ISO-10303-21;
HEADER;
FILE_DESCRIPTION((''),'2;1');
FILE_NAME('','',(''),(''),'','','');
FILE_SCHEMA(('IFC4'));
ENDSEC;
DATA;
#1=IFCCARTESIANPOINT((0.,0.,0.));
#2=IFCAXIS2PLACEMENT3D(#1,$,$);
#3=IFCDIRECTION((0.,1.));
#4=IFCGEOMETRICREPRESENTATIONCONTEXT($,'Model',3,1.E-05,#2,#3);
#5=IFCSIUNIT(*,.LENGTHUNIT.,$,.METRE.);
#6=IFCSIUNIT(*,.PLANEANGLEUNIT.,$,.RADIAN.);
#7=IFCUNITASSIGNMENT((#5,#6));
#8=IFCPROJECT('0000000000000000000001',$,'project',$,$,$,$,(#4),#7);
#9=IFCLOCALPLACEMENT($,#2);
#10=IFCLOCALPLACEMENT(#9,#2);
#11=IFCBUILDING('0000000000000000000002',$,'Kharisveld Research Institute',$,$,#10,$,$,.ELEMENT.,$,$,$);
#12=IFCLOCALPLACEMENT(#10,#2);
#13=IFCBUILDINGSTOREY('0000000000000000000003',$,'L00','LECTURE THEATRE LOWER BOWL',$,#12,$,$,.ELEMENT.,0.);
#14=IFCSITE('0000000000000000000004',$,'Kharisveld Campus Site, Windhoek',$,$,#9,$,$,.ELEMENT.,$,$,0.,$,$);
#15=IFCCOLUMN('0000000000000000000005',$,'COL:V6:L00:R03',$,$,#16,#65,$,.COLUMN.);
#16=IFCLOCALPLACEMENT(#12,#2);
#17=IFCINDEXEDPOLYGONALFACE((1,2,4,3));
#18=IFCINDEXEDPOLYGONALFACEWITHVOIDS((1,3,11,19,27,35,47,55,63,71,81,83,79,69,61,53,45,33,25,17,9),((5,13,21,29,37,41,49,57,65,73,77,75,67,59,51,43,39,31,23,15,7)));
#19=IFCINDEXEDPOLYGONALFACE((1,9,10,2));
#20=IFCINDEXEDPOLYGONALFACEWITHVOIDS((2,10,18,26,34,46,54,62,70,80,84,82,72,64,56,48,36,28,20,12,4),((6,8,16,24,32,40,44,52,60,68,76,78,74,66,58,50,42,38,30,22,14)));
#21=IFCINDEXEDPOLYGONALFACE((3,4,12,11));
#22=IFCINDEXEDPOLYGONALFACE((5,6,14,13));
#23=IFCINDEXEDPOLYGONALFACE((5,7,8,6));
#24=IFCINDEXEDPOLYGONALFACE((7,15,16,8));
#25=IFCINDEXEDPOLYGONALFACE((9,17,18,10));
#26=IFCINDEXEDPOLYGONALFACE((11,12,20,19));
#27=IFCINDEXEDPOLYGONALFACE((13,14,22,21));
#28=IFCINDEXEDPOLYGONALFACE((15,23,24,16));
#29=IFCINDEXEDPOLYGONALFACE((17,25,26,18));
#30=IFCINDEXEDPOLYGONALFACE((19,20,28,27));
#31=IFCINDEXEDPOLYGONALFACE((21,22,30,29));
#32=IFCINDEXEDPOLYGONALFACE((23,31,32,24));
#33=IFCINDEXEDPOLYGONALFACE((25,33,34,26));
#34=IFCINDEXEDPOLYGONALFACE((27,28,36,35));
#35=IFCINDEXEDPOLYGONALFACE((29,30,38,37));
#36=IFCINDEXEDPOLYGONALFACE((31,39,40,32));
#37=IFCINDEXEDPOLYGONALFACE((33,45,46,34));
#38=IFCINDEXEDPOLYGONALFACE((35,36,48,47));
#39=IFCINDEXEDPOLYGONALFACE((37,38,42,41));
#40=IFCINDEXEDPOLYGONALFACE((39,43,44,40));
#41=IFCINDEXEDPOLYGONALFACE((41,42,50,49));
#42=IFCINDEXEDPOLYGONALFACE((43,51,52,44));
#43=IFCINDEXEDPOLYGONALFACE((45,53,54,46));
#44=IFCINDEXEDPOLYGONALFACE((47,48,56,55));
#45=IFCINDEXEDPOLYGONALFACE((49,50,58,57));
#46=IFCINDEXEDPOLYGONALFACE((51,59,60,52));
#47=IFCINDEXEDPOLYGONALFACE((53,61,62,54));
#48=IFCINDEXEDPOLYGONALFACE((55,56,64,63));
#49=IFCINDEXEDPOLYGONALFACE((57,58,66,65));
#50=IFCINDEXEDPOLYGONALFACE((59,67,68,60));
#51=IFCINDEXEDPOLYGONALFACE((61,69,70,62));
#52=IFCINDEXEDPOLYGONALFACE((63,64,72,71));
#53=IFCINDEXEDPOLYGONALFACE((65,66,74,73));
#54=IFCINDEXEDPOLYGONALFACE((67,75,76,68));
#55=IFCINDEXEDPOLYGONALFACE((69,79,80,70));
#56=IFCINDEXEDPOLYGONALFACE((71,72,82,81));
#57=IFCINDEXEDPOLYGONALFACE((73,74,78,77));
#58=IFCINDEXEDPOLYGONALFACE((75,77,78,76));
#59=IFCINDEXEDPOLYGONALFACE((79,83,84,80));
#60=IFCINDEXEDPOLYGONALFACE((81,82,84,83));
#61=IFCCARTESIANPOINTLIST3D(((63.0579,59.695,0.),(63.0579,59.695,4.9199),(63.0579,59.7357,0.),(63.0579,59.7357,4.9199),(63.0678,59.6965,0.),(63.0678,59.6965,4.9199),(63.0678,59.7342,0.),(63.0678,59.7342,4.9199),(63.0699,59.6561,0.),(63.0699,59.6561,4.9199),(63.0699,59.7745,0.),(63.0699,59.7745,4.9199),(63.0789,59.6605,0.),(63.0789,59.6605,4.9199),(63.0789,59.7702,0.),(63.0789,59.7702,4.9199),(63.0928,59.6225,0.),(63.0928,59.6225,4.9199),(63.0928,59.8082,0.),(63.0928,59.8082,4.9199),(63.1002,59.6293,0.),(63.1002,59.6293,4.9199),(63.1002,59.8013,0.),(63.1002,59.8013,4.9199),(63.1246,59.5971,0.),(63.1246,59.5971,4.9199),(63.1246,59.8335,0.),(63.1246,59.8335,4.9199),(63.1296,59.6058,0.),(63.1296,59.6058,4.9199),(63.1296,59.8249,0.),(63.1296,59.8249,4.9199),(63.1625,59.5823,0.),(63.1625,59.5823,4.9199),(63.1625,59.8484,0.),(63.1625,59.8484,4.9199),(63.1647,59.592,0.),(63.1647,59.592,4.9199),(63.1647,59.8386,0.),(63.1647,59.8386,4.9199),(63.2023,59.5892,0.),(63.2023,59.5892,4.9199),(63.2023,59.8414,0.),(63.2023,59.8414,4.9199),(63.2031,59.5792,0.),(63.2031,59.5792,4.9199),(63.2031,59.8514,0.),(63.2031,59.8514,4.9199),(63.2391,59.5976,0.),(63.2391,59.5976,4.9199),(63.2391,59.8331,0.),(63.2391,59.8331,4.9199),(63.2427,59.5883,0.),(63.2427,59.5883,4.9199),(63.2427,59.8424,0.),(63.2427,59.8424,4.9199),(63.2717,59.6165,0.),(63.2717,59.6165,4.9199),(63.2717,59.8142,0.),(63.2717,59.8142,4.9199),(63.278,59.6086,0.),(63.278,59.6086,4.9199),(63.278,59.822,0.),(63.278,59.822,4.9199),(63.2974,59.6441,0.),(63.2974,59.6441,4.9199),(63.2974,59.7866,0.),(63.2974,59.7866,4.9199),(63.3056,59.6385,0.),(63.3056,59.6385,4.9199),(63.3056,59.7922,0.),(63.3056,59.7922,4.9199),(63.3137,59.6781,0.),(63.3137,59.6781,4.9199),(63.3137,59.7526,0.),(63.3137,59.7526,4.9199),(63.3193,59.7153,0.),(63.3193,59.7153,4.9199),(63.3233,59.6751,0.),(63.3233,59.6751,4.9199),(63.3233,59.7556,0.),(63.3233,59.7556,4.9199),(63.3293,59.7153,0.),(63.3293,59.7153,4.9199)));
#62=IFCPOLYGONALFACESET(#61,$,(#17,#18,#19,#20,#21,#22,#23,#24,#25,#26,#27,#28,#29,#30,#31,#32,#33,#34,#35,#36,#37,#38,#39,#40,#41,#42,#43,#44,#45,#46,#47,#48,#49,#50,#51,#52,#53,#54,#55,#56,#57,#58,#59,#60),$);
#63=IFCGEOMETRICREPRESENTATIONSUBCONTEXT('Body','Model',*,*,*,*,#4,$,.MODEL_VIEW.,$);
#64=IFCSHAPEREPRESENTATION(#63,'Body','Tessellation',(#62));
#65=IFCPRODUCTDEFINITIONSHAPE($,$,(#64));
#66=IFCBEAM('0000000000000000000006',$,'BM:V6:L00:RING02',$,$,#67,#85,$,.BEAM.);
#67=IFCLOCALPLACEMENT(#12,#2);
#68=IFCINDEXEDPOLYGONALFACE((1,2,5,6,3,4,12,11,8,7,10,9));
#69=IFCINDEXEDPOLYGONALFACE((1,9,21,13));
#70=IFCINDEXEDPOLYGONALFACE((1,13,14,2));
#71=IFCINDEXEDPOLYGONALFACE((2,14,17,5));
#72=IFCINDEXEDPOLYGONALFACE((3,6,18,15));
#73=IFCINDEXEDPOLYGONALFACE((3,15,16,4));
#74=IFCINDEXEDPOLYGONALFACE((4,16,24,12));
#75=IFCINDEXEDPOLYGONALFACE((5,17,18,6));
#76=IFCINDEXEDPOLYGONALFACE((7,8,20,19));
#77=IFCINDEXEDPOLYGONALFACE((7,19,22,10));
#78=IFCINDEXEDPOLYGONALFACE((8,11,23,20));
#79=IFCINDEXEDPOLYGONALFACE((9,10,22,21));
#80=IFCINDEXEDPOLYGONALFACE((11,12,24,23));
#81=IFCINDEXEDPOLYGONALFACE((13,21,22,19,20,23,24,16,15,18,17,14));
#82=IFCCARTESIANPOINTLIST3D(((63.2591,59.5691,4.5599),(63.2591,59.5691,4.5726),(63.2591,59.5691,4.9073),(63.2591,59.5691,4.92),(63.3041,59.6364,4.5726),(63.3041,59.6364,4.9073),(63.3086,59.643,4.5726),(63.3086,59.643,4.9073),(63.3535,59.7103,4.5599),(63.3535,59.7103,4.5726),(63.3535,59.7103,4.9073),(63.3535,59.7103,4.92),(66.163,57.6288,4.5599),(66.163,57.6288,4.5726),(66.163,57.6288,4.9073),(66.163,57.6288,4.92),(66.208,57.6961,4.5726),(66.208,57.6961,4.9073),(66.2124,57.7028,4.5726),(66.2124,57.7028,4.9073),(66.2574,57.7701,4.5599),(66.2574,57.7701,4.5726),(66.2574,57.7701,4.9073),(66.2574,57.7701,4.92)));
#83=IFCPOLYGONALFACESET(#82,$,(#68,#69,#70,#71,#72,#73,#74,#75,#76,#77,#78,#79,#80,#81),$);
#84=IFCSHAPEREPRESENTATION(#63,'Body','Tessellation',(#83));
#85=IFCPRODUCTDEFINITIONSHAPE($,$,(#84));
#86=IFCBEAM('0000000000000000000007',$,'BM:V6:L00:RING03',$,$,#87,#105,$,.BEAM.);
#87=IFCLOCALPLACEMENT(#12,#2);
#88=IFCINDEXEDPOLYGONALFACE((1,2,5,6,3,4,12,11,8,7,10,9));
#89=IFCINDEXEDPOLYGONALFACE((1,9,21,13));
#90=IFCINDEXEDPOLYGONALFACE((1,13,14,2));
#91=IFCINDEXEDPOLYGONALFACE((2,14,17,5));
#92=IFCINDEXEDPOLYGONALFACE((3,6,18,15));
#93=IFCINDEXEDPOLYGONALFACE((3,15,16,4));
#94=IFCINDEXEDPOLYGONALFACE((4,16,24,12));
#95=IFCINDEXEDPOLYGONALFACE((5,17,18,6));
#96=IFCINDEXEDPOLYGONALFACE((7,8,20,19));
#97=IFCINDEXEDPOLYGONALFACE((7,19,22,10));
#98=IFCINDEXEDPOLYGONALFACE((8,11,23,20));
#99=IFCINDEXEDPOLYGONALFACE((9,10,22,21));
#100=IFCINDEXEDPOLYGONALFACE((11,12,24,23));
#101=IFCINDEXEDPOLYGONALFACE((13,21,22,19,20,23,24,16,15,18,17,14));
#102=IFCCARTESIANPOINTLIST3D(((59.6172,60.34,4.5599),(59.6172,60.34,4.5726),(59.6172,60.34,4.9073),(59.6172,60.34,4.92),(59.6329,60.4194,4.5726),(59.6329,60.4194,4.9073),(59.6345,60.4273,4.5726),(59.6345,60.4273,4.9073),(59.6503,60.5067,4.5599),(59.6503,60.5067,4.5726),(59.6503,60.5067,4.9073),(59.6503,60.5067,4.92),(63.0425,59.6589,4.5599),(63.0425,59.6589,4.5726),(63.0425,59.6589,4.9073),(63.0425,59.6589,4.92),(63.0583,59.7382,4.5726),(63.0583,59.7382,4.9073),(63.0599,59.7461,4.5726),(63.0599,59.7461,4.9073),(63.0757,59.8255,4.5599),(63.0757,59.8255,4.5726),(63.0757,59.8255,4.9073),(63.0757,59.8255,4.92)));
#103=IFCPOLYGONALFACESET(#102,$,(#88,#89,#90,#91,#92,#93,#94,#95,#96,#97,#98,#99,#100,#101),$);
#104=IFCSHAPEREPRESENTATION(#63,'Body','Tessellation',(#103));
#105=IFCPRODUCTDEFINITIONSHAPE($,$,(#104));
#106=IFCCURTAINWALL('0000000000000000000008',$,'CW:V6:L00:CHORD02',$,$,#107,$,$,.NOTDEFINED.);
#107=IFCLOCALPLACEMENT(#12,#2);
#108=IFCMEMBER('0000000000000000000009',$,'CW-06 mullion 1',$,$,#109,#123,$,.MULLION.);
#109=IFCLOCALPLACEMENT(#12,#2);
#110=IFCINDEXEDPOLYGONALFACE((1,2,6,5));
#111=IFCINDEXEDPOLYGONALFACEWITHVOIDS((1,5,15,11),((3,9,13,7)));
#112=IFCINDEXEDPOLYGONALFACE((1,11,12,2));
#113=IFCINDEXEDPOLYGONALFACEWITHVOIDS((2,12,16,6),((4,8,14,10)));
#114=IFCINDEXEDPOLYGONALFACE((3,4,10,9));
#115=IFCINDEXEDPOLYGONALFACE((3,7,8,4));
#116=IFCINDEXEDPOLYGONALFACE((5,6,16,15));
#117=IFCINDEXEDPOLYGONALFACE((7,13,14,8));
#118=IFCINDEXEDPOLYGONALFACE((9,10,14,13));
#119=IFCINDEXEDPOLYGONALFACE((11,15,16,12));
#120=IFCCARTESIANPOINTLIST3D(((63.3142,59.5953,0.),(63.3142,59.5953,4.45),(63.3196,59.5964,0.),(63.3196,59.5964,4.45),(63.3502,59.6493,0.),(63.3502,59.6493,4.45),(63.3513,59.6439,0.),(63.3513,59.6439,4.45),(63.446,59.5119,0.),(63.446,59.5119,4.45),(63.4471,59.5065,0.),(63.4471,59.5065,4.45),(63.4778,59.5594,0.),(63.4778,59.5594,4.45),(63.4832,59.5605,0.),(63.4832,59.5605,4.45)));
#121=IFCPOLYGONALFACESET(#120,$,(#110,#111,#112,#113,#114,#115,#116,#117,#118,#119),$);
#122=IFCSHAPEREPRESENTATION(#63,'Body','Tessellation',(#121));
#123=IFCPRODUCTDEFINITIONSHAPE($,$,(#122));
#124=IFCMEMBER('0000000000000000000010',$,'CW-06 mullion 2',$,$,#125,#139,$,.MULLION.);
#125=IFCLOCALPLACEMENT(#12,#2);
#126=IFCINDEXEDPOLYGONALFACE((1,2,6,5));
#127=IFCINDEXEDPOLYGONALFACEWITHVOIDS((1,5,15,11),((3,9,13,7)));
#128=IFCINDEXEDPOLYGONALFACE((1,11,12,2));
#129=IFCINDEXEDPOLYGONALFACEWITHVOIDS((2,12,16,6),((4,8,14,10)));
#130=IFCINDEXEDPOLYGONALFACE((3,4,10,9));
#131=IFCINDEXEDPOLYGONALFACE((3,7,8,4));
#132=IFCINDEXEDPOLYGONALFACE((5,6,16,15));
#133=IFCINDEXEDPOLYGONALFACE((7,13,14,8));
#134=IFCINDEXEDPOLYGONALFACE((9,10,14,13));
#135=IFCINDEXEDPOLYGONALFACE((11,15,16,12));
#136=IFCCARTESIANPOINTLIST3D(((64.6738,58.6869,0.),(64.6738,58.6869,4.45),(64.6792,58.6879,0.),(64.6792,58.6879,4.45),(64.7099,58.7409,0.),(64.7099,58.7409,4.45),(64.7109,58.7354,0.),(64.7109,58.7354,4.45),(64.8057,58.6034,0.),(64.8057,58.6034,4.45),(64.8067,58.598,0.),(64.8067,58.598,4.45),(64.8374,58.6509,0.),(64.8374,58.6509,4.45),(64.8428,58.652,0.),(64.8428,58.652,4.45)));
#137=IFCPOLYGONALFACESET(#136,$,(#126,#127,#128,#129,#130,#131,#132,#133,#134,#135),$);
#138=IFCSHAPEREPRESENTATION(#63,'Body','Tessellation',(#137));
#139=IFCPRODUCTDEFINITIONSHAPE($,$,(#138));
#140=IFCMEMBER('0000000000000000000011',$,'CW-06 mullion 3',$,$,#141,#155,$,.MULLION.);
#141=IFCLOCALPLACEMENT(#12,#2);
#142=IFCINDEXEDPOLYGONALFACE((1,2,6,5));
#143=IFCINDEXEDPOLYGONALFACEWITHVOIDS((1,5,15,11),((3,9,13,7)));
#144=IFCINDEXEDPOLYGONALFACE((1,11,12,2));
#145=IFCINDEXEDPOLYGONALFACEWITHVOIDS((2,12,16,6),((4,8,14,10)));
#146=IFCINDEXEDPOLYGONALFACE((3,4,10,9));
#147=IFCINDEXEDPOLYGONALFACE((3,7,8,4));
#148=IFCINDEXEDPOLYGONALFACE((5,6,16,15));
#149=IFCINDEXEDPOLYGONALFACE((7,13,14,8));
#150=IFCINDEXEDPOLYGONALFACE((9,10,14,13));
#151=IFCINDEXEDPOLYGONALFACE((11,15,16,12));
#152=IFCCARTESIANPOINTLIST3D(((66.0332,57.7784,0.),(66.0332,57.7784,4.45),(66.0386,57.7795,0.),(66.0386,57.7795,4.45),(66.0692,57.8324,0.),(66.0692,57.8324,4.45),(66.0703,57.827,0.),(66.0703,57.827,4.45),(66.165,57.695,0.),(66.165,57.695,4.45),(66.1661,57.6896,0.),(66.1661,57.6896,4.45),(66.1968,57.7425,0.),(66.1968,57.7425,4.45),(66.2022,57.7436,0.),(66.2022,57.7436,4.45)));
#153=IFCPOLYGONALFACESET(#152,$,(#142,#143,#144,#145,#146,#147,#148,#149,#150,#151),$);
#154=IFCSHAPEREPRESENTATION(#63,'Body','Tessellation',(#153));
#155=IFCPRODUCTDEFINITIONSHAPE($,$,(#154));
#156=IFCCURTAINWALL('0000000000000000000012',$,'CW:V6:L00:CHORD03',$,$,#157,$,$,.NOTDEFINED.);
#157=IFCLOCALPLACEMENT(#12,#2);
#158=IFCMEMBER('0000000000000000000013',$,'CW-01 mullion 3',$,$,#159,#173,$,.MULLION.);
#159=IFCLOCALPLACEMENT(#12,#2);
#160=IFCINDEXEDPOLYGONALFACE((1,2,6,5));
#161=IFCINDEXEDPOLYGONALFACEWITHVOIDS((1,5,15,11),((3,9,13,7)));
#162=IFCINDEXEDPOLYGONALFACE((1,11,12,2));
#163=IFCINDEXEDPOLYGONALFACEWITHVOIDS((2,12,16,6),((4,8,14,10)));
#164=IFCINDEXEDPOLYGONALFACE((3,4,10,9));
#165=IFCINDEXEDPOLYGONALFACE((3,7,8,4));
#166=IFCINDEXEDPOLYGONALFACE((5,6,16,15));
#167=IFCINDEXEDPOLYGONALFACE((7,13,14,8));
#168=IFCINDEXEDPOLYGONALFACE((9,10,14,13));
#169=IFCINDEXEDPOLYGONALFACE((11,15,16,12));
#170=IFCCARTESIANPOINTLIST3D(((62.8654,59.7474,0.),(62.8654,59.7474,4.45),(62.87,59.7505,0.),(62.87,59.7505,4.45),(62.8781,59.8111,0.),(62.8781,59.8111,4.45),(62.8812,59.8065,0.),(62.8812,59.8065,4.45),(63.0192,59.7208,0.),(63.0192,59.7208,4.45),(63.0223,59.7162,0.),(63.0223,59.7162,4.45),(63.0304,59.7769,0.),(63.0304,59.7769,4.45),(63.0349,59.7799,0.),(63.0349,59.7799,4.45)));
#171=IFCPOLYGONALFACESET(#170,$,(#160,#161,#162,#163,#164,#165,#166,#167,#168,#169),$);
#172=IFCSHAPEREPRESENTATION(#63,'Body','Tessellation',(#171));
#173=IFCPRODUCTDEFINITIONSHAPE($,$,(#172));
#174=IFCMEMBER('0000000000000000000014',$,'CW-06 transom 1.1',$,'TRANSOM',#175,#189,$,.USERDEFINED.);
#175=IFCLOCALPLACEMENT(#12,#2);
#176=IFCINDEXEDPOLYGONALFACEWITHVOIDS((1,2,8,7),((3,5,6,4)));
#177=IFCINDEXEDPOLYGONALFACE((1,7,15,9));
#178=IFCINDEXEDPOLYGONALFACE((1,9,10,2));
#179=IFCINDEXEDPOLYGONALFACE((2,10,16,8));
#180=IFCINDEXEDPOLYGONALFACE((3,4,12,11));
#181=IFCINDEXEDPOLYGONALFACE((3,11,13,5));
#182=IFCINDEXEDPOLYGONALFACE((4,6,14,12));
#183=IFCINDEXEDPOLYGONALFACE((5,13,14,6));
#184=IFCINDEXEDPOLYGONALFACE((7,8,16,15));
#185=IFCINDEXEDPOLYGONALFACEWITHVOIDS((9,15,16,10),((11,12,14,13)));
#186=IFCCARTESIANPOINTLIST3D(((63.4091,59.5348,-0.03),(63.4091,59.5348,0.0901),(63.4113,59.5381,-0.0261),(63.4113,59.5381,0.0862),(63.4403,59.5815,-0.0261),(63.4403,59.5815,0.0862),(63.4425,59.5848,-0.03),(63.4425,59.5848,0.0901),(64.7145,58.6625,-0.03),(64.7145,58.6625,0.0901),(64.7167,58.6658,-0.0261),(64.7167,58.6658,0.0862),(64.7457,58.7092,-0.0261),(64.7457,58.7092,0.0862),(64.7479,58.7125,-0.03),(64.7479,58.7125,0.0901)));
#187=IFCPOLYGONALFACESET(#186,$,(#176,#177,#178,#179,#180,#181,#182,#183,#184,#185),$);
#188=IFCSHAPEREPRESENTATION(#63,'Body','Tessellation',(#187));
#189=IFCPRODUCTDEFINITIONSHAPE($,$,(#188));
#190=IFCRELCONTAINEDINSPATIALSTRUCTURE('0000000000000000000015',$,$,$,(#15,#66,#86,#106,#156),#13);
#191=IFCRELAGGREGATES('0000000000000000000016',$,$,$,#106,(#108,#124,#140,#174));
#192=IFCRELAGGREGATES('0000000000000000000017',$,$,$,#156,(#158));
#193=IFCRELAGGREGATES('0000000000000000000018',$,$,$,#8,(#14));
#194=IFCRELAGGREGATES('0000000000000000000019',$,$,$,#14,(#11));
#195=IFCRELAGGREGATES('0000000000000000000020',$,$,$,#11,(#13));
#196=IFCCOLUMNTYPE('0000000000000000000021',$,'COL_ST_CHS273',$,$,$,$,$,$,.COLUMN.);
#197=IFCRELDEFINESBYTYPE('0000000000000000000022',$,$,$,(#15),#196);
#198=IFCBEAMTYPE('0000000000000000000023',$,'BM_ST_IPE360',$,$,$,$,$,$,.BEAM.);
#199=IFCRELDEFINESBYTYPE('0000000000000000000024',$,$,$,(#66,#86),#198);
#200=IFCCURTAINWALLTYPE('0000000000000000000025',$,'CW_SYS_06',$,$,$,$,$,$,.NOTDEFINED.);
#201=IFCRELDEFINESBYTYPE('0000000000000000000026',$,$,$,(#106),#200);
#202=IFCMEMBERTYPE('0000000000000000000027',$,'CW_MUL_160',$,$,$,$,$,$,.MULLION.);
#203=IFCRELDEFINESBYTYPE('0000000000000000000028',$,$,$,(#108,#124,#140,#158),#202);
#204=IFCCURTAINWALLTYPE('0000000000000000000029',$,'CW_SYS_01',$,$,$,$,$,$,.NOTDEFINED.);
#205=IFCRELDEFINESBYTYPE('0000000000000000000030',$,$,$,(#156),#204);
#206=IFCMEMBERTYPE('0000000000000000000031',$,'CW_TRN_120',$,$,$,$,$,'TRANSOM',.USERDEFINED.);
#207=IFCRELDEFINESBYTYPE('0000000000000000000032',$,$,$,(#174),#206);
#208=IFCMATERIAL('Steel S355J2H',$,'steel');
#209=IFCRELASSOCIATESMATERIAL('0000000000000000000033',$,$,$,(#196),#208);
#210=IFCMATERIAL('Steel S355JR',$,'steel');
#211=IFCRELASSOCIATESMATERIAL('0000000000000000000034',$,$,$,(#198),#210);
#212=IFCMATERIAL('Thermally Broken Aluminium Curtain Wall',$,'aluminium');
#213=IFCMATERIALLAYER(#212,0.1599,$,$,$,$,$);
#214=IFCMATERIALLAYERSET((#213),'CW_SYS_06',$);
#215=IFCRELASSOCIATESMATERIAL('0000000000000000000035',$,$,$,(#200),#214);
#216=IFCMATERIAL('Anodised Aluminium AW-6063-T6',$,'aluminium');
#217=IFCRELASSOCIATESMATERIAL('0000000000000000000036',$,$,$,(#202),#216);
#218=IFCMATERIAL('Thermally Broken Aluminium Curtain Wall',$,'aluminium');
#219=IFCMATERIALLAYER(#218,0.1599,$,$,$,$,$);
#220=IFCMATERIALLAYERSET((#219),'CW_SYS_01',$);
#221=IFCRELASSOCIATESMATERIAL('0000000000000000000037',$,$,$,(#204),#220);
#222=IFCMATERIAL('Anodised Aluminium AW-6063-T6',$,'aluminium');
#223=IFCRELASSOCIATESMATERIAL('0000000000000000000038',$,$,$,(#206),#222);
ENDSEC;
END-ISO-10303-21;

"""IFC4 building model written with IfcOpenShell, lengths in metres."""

from ifc_helpers import new_model, si_unit, direction, frame, origin, origin_2d, place, context, subcontext, project, spatial, hollow_rectangle, hollow_circle, i_section, extrude, material, layer, layer_set, material_profile, profile_set, type_object, element, aggregate, save


model = new_model("IFC4")

# Units and contexts
model_context = context("Model", 3, precision=1e-05, world=origin(), true_north=direction((0.0, 1.0)))
body_context = subcontext(model_context, "Body", "Model", "MODEL_VIEW")
ifc_project = project(units=[si_unit("LENGTHUNIT", "METRE"), si_unit("PLANEANGLEUNIT", "RADIAN")], contexts=[model_context])

# Site, building, storey
site_placement = place(None, origin())
site = spatial("IfcSite", under=ifc_project, at=site_placement, Name="Kharisveld Campus Site, Windhoek", CompositionType="ELEMENT", RefElevation=0.0)
building_placement = place(site_placement, origin())
building = spatial("IfcBuilding", under=site, at=building_placement, Name="Kharisveld Research Institute", CompositionType="ELEMENT")
storey_placement = place(building_placement, origin())
storey = spatial("IfcBuildingStorey", under=building, at=storey_placement, Name="L00", Description="LECTURE THEATRE LOWER BOWL", CompositionType="ELEMENT", Elevation=0.0)

# Column
ifc_material_1 = material(Name="Steel S355J2H", Category="steel")
ifc_material_profile_1 = material_profile(ifc_material_1, hollow_circle(Radius=0.1365, WallThickness=0.01, at=origin_2d()))
ifc_profile_set_1 = profile_set([ifc_material_profile_1], Name="Steel S355J2H")
column_type = type_object("IfcColumnType", Name="COL_ST_CHS273", PredefinedType="COLUMN", material=ifc_profile_set_1)
column_placement = place(storey_placement, frame((63.1929, 59.7153, 0.0), z_axis=(0.0, 0.0, 1.0), x_axis=(1.0, 0.0, 0.0)))
element("IfcColumn", 1, at=column_placement, inside=storey, type_object=column_type, Name="COL:V6:L00:R03", PredefinedType="COLUMN", context=body_context, shape_type="SweptSolid", body=[
    extrude(hollow_circle(Radius=0.1365, WallThickness=0.01, at=origin_2d()), origin(), (0.0, 0.0, 1.0), 4.9199),
])

# Beams
ifc_material_2 = material(Name="Steel S355JR", Category="steel")
ifc_material_profile_2 = material_profile(ifc_material_2, i_section(OverallWidth=0.1699, OverallDepth=0.3601, WebThickness=0.0081, FlangeThickness=0.0127, at=origin_2d()))
ifc_profile_set_2 = profile_set([ifc_material_profile_2], Name="Steel S355JR")
beam_type = type_object("IfcBeamType", Name="BM_ST_IPE360", PredefinedType="BEAM", material=ifc_profile_set_2)
for number, where, z_axis, x_axis, name in (
    (2, (66.2102, 57.6995, 4.74), (-0.83148, 0.555555, 0.0), (-0.555555, -0.83148, 0.0), "BM:V6:L00:RING02"),
    (3, (63.0591, 59.7422, 4.74), (-0.980795, 0.195041, 0.0), (-0.195041, -0.980795, 0.0), "BM:V6:L00:RING03"),
):
    element("IfcBeam", number, at=place(storey_placement, frame(where, z_axis=z_axis, x_axis=x_axis)), inside=storey, type_object=beam_type, Name=name, PredefinedType="BEAM", context=body_context, shape_type="SweptSolid", body=[
        extrude(i_section(OverallWidth=0.1699, OverallDepth=0.3601, WebThickness=0.0081, FlangeThickness=0.0127, at=origin_2d()), origin(), (0.0, 0.0, 1.0), 3.4924),
    ])

# Curtain wall, members
ifc_material_3 = material(Name="Thermally Broken Aluminium Curtain Wall", Category="aluminium")
ifc_layer_1 = layer(ifc_material_3, 0.1599)
ifc_layer_set_1 = layer_set([ifc_layer_1], Name="CW_SYS_06")
curtain_wall_type_1 = type_object("IfcCurtainWallType", Name="CW_SYS_06", PredefinedType="NOTDEFINED", material=ifc_layer_set_1)
curtain_wall_1_placement = place(storey_placement, origin())
curtain_wall_1 = element("IfcCurtainWall", 4, at=curtain_wall_1_placement, inside=storey, type_object=curtain_wall_type_1, Name="CW:V6:L00:CHORD02", PredefinedType="NOTDEFINED")
ifc_material_4 = material(Name="Anodised Aluminium AW-6063-T6", Category="aluminium")
ifc_material_profile_3 = material_profile(ifc_material_4, hollow_rectangle(XDim=0.0649, YDim=0.1599, WallThickness=0.0039, at=origin_2d()))
ifc_profile_set_3 = profile_set([ifc_material_profile_3], Name="Anodised Aluminium AW-6063-T6")
member_type_1 = type_object("IfcMemberType", Name="CW_MUL_160", PredefinedType="MULLION", material=ifc_profile_set_3)
member_1_placement = place(storey_placement, frame((63.3987, 59.5779, 0.0), z_axis=(0.0, 0.0, 1.0), x_axis=(0.55557, 0.83147, 0.0)))
member_1 = element("IfcMember", 5, at=member_1_placement, type_object=member_type_1, Name="CW-06 mullion 1", PredefinedType="MULLION", context=body_context, shape_type="SweptSolid", body=[
    extrude(hollow_rectangle(XDim=0.0649, YDim=0.1599, WallThickness=0.0039, at=origin_2d()), origin(), (0.0, 0.0, 1.0), 4.45),
])
member_2_placement = place(storey_placement, frame((64.7583, 58.6694, 0.0), z_axis=(0.0, 0.0, 1.0), x_axis=(0.55557, 0.83147, 0.0)))
member_2 = element("IfcMember", 6, at=member_2_placement, type_object=member_type_1, Name="CW-06 mullion 2", PredefinedType="MULLION", context=body_context, shape_type="SweptSolid", body=[
    extrude(hollow_rectangle(XDim=0.0649, YDim=0.1599, WallThickness=0.0039, at=origin_2d()), origin(), (0.0, 0.0, 1.0), 4.45),
])
member_3_placement = place(storey_placement, frame((66.1177, 57.761, 0.0), z_axis=(0.0, 0.0, 1.0), x_axis=(0.55557, 0.83147, 0.0)))
member_3 = element("IfcMember", 7, at=member_3_placement, type_object=member_type_1, Name="CW-06 mullion 3", PredefinedType="MULLION", context=body_context, shape_type="SweptSolid", body=[
    extrude(hollow_rectangle(XDim=0.0649, YDim=0.1599, WallThickness=0.0039, at=origin_2d()), origin(), (0.0, 0.0, 1.0), 4.45),
])

# Curtain wall, member
ifc_material_5 = material(Name="Thermally Broken Aluminium Curtain Wall", Category="aluminium")
ifc_layer_2 = layer(ifc_material_5, 0.1599)
ifc_layer_set_2 = layer_set([ifc_layer_2], Name="CW_SYS_01")
curtain_wall_type_2 = type_object("IfcCurtainWallType", Name="CW_SYS_01", PredefinedType="NOTDEFINED", material=ifc_layer_set_2)
curtain_wall_2_placement = place(storey_placement, origin())
curtain_wall_2 = element("IfcCurtainWall", 8, at=curtain_wall_2_placement, inside=storey, type_object=curtain_wall_type_2, Name="CW:V6:L00:CHORD03", PredefinedType="NOTDEFINED")
member_4_placement = place(storey_placement, frame((62.9502, 59.7637, 0.0), z_axis=(0.0, 0.0, 1.0), x_axis=(0.195091, 0.980785, 0.0)))
member_4 = element("IfcMember", 9, at=member_4_placement, type_object=member_type_1, Name="CW-01 mullion 3", PredefinedType="MULLION", context=body_context, shape_type="SweptSolid", body=[
    extrude(hollow_rectangle(XDim=0.0649, YDim=0.1599, WallThickness=0.0039, at=origin_2d()), origin(), (0.0, 0.0, 1.0), 4.45),
])

# Member
ifc_material_6 = material(Name="Anodised Aluminium AW-6063-T6", Category="aluminium")
ifc_material_profile_4 = material_profile(ifc_material_6, hollow_rectangle(XDim=0.0601, YDim=0.1201, WallThickness=0.0039, at=origin_2d()))
ifc_profile_set_4 = profile_set([ifc_material_profile_4], Name="Anodised Aluminium AW-6063-T6")
member_type_2 = type_object("IfcMemberType", Name="CW_TRN_120", ElementType="TRANSOM", PredefinedType="USERDEFINED", material=ifc_profile_set_4)
member_5_placement = place(storey_placement, frame((63.4258, 59.5598, 0.03), z_axis=(0.831452, -0.555597, 0.0), x_axis=(0.555597, 0.831452, 0.0)))
member_5 = element("IfcMember", 10, at=member_5_placement, type_object=member_type_2, Name="CW-06 transom 1.1", ObjectType="TRANSOM", PredefinedType="USERDEFINED", context=body_context, shape_type="SweptSolid", body=[
    extrude(hollow_rectangle(XDim=0.0601, YDim=0.1201, WallThickness=0.0039, at=origin_2d()), origin(), (0.0, 0.0, 1.0), 1.5701),
])

aggregate(curtain_wall_1, [member_1, member_2, member_3, member_5])
aggregate(curtain_wall_2, [member_4])

save(model, "model.ifc")
